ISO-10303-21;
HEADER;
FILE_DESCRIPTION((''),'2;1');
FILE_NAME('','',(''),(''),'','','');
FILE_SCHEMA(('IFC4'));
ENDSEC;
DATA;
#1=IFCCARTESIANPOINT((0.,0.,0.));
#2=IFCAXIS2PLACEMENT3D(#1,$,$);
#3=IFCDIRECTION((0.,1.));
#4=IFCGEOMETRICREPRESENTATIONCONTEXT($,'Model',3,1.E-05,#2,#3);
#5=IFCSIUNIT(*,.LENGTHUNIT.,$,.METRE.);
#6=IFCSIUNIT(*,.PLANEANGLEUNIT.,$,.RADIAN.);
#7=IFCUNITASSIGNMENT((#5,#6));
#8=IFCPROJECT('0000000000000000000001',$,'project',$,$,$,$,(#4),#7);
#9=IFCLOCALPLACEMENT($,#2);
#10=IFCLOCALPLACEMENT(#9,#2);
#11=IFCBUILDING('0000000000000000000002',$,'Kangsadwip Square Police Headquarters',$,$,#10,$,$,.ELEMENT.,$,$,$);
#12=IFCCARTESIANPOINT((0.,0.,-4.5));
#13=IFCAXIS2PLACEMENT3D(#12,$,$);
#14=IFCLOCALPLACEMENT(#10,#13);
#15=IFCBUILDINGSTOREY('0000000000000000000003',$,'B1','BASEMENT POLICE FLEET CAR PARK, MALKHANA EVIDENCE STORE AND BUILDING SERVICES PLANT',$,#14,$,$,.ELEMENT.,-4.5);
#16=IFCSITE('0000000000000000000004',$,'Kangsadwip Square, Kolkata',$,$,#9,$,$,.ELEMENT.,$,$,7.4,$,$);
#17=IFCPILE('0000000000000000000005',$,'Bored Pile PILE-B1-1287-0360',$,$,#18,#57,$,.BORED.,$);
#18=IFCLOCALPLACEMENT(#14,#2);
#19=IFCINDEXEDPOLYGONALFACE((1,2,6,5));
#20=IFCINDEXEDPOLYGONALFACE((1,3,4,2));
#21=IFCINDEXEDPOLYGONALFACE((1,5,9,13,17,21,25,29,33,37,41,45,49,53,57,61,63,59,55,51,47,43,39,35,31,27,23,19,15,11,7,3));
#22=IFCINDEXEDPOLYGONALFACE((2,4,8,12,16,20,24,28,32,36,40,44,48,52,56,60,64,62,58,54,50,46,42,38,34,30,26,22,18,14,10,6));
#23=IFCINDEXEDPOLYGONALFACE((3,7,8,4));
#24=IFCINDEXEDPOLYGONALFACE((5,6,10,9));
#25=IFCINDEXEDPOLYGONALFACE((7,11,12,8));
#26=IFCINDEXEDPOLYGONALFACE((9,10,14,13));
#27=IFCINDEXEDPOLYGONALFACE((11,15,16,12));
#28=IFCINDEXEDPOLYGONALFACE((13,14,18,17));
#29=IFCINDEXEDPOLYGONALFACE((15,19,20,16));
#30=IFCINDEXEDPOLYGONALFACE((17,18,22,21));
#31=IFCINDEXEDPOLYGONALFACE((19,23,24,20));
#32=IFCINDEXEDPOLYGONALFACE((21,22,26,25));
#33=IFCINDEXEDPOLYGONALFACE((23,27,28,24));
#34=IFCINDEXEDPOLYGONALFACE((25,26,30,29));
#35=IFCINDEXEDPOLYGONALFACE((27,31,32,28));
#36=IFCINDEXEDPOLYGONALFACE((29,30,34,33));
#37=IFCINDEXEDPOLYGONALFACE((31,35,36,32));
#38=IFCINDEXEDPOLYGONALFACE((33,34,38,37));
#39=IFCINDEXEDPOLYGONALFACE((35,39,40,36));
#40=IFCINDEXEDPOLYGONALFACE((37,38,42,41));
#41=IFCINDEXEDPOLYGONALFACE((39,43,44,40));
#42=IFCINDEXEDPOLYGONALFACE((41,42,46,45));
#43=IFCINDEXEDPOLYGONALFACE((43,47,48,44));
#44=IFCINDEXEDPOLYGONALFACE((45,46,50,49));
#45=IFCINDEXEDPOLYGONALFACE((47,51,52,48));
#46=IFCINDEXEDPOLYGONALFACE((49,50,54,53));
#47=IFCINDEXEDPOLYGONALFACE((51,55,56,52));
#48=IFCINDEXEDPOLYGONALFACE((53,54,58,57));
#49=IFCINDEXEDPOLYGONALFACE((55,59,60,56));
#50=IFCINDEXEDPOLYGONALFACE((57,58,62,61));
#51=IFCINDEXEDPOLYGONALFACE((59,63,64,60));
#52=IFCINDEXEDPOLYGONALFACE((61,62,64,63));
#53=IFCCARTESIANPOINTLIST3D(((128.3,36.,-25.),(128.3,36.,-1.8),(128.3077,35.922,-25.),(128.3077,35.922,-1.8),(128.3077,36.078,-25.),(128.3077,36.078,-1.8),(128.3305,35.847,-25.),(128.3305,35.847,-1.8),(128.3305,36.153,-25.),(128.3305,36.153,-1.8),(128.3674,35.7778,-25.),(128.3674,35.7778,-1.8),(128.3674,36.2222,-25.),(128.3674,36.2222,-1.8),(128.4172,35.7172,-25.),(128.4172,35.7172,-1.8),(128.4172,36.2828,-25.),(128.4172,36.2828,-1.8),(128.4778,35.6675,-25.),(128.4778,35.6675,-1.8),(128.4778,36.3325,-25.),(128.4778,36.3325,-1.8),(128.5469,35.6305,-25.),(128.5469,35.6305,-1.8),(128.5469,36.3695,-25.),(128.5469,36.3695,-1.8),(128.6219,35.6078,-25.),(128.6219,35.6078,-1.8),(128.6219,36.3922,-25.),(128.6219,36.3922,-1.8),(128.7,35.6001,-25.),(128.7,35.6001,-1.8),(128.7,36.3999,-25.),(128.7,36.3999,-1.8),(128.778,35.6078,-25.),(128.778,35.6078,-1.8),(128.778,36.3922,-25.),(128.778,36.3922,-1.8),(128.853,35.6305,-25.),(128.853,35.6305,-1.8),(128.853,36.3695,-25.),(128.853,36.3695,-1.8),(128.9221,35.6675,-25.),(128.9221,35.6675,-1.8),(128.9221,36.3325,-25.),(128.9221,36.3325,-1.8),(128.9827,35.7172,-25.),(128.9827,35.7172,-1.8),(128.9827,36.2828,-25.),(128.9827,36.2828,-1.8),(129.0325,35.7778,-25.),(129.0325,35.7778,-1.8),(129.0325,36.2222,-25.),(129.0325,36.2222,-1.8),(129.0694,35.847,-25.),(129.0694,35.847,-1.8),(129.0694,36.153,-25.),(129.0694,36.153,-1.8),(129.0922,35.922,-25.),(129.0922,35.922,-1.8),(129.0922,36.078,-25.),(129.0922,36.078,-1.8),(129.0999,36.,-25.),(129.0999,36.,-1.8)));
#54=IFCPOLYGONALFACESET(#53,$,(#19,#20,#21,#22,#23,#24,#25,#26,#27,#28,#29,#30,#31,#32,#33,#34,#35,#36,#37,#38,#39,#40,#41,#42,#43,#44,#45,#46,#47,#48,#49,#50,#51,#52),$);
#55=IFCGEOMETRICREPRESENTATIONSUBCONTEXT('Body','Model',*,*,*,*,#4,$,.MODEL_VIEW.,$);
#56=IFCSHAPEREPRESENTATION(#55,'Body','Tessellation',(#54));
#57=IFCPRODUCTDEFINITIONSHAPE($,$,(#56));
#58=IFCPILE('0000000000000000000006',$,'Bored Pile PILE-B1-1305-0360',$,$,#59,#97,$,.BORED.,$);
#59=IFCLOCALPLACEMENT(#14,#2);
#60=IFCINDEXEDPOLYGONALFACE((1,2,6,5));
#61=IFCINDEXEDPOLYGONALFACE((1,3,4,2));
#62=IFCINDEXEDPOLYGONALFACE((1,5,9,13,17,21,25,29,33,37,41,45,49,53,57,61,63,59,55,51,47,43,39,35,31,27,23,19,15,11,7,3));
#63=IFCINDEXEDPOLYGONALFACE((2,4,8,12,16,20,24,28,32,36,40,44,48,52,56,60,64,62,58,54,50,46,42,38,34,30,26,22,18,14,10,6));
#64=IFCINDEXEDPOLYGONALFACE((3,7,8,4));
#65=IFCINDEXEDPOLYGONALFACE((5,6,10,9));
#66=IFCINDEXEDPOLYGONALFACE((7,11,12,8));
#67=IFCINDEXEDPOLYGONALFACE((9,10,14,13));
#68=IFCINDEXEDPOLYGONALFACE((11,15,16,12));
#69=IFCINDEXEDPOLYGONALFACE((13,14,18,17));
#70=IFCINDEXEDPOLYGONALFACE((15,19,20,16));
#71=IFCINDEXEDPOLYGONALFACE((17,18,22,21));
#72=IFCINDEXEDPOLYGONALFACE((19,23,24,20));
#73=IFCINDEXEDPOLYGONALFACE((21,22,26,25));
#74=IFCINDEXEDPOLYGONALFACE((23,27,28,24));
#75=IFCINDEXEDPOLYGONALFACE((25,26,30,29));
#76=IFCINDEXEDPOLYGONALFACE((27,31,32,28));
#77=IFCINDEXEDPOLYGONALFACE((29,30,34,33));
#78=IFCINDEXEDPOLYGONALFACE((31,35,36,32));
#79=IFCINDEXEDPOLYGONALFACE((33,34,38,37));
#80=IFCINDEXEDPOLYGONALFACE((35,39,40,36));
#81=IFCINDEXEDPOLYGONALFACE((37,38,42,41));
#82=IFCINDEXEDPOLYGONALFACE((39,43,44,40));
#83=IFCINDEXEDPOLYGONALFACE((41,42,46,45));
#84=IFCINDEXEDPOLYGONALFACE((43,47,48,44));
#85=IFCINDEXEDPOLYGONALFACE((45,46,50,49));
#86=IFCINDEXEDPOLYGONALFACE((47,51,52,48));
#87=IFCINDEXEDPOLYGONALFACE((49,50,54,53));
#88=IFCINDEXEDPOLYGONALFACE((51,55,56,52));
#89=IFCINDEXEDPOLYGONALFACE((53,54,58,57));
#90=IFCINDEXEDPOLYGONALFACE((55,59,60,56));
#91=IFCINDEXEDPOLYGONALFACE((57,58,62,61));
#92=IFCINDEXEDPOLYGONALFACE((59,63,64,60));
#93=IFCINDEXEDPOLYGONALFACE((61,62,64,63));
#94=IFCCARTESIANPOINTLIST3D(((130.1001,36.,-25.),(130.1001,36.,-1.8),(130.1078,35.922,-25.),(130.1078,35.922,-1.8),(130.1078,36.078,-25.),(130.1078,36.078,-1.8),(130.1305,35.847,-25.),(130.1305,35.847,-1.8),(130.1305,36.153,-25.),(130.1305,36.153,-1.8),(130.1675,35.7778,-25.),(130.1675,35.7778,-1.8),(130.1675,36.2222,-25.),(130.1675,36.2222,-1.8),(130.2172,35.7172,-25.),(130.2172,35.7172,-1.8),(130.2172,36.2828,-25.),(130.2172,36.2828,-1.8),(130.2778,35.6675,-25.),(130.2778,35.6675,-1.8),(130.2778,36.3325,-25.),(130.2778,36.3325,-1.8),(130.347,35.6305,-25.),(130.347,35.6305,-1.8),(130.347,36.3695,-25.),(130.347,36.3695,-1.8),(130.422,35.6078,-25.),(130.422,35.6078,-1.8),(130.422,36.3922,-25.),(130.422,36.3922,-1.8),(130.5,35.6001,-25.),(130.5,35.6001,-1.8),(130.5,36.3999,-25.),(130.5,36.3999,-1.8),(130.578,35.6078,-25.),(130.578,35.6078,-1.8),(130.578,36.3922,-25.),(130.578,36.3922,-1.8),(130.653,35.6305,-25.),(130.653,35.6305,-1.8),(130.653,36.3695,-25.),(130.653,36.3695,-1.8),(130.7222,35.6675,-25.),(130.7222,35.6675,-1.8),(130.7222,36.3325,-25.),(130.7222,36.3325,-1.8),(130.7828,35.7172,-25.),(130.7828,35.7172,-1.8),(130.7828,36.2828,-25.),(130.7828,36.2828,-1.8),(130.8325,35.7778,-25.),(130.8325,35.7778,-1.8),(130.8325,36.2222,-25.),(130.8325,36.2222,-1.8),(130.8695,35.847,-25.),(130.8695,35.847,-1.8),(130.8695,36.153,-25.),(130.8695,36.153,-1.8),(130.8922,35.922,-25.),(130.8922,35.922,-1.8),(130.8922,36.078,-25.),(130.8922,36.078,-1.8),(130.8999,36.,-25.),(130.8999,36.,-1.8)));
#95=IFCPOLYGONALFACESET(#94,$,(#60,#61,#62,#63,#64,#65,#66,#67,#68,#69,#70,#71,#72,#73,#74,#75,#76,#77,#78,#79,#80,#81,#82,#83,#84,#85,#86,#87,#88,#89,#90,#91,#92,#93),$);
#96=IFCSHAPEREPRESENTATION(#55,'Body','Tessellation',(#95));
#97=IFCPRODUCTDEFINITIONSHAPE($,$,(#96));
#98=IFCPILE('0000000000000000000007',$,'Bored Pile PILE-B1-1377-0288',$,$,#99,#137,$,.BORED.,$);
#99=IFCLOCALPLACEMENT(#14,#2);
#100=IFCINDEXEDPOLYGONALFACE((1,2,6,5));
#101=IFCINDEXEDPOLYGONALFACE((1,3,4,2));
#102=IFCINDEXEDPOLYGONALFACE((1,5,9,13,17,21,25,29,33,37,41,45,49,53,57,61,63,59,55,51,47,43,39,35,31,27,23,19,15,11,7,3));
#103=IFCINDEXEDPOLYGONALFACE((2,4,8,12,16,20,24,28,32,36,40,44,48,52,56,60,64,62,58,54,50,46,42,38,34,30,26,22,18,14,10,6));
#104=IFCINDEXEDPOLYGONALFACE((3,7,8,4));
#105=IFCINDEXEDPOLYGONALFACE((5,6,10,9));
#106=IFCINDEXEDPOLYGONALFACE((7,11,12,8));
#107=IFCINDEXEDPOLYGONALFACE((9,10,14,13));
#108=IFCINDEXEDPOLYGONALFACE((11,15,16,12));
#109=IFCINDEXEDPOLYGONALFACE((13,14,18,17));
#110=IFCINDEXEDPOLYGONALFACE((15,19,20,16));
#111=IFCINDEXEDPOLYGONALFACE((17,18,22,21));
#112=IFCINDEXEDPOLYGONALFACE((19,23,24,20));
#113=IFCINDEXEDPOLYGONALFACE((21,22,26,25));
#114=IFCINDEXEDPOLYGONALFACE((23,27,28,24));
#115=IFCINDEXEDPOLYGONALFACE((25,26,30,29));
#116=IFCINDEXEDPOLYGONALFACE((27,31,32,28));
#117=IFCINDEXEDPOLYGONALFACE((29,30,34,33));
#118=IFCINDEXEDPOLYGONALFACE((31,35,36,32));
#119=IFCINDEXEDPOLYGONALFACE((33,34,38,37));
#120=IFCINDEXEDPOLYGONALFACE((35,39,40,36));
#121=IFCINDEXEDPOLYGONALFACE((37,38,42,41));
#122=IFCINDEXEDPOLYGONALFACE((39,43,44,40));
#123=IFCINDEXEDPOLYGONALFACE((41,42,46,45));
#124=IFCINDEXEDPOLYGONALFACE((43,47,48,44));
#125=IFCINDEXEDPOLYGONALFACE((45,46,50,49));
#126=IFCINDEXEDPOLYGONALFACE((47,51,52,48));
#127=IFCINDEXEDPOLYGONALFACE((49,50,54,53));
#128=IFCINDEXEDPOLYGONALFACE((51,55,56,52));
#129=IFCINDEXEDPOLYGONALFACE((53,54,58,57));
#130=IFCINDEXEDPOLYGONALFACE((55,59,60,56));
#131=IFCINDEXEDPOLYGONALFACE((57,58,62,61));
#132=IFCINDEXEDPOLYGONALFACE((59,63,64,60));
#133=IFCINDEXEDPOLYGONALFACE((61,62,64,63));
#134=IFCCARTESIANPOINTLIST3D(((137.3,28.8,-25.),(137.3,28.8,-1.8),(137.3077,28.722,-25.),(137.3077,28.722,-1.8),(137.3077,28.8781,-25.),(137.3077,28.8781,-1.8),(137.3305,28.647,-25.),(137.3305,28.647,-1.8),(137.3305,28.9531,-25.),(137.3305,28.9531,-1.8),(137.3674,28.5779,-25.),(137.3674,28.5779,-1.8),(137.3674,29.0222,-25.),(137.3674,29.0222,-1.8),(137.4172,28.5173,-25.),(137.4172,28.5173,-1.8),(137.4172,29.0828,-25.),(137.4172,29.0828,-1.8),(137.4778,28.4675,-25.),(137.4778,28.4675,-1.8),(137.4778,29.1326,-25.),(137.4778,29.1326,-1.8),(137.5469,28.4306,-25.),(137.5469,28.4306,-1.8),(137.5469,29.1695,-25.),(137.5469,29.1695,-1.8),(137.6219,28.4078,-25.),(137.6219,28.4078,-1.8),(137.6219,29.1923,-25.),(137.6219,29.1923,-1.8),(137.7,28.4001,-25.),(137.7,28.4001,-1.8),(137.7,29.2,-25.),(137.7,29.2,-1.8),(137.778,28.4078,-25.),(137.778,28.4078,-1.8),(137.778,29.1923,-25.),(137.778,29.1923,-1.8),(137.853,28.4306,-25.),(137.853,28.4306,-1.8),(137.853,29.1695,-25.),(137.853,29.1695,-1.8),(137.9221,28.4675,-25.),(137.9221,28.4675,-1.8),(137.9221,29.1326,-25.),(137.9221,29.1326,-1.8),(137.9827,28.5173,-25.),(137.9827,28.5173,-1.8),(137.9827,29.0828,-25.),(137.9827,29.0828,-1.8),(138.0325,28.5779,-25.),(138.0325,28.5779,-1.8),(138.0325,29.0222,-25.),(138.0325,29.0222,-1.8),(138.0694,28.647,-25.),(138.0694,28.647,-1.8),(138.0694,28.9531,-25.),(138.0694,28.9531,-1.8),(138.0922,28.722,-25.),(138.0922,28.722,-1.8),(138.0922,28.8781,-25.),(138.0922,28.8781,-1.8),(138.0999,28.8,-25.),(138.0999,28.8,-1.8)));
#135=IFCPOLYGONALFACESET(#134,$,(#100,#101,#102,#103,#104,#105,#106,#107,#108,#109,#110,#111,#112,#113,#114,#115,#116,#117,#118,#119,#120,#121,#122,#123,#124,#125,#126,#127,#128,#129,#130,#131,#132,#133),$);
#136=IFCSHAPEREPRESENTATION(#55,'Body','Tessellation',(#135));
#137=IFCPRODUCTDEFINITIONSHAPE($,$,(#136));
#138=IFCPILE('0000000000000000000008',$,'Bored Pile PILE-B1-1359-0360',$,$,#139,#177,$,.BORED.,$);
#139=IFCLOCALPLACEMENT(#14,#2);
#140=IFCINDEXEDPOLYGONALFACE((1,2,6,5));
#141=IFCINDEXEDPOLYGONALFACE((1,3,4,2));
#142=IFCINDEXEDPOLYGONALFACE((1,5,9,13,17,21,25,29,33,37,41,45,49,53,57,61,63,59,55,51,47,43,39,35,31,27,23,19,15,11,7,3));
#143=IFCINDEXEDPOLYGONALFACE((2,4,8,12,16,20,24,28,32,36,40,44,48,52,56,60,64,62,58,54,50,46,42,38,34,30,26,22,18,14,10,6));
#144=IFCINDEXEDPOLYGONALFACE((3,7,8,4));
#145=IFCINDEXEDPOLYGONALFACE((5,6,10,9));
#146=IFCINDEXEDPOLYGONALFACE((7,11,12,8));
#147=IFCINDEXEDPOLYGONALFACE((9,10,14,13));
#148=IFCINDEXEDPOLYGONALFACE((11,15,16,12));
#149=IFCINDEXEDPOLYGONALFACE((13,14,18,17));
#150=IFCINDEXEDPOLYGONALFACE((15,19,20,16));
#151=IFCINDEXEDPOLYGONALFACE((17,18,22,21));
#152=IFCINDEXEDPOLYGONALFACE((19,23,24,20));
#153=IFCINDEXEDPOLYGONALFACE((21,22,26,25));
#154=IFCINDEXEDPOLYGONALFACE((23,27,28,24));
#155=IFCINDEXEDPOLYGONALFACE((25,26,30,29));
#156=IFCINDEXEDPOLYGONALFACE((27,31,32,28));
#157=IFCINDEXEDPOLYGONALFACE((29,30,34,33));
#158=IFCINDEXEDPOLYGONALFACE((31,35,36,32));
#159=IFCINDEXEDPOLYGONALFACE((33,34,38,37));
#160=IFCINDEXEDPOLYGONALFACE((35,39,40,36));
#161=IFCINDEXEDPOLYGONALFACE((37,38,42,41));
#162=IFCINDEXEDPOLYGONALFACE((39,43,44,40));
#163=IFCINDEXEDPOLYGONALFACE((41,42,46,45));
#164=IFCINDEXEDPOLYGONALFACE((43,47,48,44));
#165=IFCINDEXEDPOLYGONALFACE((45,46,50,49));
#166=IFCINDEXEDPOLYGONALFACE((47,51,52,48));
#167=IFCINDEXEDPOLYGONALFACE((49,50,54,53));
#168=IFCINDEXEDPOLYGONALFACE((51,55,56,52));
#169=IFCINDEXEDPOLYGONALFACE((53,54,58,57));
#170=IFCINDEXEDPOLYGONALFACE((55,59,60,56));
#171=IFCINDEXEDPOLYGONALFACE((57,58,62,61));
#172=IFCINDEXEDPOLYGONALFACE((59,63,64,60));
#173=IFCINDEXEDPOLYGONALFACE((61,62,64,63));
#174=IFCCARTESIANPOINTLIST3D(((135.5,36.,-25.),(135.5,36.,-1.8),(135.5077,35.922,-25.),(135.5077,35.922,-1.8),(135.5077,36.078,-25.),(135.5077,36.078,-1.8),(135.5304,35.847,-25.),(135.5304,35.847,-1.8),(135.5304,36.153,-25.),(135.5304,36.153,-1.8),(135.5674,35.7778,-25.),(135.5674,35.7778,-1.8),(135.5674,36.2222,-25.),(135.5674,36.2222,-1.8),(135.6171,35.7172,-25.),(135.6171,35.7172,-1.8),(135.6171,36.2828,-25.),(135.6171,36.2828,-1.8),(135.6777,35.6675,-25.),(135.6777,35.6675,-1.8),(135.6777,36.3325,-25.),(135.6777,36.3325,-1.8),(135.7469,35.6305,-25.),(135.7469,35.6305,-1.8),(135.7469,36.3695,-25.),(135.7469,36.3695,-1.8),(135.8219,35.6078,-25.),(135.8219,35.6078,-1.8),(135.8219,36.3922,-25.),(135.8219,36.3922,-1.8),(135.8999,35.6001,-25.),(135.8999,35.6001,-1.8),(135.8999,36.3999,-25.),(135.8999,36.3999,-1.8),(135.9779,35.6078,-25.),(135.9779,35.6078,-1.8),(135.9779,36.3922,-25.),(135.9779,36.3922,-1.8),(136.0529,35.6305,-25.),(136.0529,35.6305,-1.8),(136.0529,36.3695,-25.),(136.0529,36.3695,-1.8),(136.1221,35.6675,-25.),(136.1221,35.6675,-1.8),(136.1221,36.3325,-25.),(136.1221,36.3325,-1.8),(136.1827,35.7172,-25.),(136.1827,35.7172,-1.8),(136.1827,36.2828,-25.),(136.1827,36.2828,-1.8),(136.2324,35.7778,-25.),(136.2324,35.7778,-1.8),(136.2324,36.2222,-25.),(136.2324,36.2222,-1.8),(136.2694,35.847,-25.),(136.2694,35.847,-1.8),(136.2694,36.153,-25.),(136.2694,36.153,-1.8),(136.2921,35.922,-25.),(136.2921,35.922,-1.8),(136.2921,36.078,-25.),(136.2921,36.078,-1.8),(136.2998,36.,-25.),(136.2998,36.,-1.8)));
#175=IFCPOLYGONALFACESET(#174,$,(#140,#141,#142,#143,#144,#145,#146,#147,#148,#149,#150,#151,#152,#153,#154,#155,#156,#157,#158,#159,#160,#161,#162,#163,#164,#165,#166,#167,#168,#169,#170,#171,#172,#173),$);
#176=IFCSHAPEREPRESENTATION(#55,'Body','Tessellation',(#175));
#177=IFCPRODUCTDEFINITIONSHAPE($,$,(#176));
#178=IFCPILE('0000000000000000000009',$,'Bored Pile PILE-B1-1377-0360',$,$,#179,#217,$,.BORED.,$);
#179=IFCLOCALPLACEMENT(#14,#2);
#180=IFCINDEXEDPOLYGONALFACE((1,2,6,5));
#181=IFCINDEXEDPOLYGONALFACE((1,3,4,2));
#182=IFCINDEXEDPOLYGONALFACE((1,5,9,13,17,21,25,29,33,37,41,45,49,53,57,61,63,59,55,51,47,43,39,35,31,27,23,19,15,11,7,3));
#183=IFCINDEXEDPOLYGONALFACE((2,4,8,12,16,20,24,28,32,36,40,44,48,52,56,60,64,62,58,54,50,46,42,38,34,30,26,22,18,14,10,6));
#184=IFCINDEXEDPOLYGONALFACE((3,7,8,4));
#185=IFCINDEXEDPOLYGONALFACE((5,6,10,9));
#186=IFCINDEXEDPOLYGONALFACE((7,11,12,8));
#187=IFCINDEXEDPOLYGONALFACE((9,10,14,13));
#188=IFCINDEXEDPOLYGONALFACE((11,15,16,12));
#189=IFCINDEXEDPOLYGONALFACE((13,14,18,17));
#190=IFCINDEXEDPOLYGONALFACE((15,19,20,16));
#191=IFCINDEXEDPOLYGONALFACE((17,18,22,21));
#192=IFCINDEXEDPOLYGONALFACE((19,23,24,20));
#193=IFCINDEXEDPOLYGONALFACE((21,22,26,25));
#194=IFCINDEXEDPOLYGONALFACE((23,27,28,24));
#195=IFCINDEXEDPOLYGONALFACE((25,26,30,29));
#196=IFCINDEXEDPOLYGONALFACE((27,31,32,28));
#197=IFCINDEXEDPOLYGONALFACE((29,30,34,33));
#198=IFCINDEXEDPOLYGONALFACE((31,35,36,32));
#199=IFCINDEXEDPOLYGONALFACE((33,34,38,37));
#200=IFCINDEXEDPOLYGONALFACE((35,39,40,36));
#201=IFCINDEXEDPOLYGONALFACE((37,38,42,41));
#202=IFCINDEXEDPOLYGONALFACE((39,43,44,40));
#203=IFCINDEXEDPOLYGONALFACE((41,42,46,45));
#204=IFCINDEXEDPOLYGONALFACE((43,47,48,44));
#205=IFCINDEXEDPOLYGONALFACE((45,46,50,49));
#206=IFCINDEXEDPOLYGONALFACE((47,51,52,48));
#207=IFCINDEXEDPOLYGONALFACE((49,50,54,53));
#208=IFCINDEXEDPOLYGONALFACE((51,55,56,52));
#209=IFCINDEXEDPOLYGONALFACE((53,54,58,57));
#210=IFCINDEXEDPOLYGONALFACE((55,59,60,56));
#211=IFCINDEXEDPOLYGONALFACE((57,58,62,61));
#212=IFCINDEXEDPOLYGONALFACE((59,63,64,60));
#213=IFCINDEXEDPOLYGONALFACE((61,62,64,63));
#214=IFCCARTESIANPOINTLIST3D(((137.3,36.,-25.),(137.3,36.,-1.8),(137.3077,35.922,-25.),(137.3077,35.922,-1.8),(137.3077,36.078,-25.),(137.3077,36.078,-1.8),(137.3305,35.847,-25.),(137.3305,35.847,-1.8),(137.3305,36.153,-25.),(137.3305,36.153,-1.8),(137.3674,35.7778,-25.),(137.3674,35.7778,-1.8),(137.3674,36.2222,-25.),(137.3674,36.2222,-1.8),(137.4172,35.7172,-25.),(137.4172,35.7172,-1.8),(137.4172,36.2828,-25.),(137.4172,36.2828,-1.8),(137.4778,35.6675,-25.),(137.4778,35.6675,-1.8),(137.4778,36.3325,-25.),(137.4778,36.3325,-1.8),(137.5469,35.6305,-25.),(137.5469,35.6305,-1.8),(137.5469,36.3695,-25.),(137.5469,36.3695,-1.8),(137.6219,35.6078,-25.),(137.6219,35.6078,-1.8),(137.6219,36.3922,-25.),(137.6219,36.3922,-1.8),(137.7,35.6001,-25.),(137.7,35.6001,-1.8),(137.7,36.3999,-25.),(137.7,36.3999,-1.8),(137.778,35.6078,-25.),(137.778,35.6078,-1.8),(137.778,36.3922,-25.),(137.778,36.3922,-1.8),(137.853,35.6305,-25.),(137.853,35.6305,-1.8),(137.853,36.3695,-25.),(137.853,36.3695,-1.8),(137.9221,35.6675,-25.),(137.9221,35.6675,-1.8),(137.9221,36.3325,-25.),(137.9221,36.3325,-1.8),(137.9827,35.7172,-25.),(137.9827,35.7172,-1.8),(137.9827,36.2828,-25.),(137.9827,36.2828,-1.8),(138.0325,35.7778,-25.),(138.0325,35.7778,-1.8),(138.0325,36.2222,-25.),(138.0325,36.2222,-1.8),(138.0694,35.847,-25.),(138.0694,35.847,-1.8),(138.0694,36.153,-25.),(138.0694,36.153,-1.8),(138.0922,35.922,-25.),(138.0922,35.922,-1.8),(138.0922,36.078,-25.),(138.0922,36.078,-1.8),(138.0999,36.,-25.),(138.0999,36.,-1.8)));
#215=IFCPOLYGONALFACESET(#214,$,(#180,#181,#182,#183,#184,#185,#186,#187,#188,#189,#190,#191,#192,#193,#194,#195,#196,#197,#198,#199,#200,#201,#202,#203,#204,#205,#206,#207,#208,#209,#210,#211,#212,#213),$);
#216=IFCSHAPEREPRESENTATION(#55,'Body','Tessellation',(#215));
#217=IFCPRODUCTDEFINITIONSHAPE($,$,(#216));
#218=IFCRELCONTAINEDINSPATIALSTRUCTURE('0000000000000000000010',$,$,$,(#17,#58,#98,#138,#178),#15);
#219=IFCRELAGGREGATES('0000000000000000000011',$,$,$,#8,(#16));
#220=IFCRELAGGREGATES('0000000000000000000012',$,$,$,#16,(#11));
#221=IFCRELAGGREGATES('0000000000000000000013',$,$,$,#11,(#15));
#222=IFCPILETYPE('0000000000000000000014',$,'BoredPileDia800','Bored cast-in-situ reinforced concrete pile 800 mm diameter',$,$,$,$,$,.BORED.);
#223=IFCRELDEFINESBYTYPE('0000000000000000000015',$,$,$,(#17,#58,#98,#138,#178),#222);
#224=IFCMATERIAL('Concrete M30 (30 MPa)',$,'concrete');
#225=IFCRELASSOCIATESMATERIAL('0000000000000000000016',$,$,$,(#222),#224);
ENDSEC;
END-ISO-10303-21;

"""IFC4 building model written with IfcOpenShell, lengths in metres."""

from ifc_helpers import new_model, si_unit, direction, frame, origin, origin_2d, place, context, subcontext, project, spatial, circle, extrude, material, material_profile, profile_set, type_object, element, save


model = new_model("IFC4")

# Units and contexts
model_context = context("Model", 3, precision=1e-05, world=origin(), true_north=direction((0.0, 1.0)))
body_context = subcontext(model_context, "Body", "Model", "MODEL_VIEW")
ifc_project = project(units=[si_unit("LENGTHUNIT", "METRE"), si_unit("PLANEANGLEUNIT", "RADIAN")], contexts=[model_context])

# Site, building, storey
site_placement = place(None, origin())
site = spatial("IfcSite", under=ifc_project, at=site_placement, Name="Kangsadwip Square, Kolkata", CompositionType="ELEMENT", RefElevation=7.4)
building_placement = place(site_placement, origin())
building = spatial("IfcBuilding", under=site, at=building_placement, Name="Kangsadwip Square Police Headquarters", CompositionType="ELEMENT")
storey_placement = place(building_placement, frame((0.0, 0.0, -4.5)))
storey = spatial("IfcBuildingStorey", under=building, at=storey_placement, Name="B1", Description="BASEMENT POLICE FLEET CAR PARK, MALKHANA EVIDENCE STORE AND BUILDING SERVICES PLANT", CompositionType="ELEMENT", Elevation=-4.5)

# Piles
ifc_material_1 = material(Name="Concrete M30 (30 MPa)", Category="concrete")
ifc_material_profile_1 = material_profile(ifc_material_1, circle(Radius=0.3999, at=origin_2d()), Name="PILE DIA 800")
ifc_profile_set_1 = profile_set([ifc_material_profile_1], Name="Concrete M30 (30 MPa)")
pile_type = type_object("IfcPileType", Name="BoredPileDia800", Description="Bored cast-in-situ reinforced concrete pile 800 mm diameter", PredefinedType="BORED", material=ifc_profile_set_1)
for number, where, z_axis, x_axis, name in (
    (1, (128.7, 36.0, -1.8), (0.0, 0.0, -1.0), (1.0, 0.0, 0.0), "Bored Pile PILE-B1-1287-0360"),
    (2, (130.5, 36.0, -1.8), (0.0, 0.0, -1.0), (1.0, 0.0, 0.0), "Bored Pile PILE-B1-1305-0360"),
    (3, (137.7, 28.8, -1.8), (0.0, 0.0, -1.0), (1.0, 0.0, 0.0), "Bored Pile PILE-B1-1377-0288"),
    (4, (135.8999, 36.0, -1.8), (0.0, 0.0, -1.0), (1.0, 0.0, 0.0), "Bored Pile PILE-B1-1359-0360"),
    (5, (137.7, 36.0, -1.8), (0.0, 0.0, -1.0), (1.0, 0.0, 0.0), "Bored Pile PILE-B1-1377-0360"),
):
    element("IfcPile", number, at=place(storey_placement, frame(where, z_axis=z_axis, x_axis=x_axis)), inside=storey, type_object=pile_type, Name=name, PredefinedType="BORED", context=body_context, shape_type="SweptSolid", body=[
        extrude(circle(Radius=0.3999, at=origin_2d()), origin(), (0.0, 0.0, 1.0), 23.2),
    ])

save(model, "model.ifc")
